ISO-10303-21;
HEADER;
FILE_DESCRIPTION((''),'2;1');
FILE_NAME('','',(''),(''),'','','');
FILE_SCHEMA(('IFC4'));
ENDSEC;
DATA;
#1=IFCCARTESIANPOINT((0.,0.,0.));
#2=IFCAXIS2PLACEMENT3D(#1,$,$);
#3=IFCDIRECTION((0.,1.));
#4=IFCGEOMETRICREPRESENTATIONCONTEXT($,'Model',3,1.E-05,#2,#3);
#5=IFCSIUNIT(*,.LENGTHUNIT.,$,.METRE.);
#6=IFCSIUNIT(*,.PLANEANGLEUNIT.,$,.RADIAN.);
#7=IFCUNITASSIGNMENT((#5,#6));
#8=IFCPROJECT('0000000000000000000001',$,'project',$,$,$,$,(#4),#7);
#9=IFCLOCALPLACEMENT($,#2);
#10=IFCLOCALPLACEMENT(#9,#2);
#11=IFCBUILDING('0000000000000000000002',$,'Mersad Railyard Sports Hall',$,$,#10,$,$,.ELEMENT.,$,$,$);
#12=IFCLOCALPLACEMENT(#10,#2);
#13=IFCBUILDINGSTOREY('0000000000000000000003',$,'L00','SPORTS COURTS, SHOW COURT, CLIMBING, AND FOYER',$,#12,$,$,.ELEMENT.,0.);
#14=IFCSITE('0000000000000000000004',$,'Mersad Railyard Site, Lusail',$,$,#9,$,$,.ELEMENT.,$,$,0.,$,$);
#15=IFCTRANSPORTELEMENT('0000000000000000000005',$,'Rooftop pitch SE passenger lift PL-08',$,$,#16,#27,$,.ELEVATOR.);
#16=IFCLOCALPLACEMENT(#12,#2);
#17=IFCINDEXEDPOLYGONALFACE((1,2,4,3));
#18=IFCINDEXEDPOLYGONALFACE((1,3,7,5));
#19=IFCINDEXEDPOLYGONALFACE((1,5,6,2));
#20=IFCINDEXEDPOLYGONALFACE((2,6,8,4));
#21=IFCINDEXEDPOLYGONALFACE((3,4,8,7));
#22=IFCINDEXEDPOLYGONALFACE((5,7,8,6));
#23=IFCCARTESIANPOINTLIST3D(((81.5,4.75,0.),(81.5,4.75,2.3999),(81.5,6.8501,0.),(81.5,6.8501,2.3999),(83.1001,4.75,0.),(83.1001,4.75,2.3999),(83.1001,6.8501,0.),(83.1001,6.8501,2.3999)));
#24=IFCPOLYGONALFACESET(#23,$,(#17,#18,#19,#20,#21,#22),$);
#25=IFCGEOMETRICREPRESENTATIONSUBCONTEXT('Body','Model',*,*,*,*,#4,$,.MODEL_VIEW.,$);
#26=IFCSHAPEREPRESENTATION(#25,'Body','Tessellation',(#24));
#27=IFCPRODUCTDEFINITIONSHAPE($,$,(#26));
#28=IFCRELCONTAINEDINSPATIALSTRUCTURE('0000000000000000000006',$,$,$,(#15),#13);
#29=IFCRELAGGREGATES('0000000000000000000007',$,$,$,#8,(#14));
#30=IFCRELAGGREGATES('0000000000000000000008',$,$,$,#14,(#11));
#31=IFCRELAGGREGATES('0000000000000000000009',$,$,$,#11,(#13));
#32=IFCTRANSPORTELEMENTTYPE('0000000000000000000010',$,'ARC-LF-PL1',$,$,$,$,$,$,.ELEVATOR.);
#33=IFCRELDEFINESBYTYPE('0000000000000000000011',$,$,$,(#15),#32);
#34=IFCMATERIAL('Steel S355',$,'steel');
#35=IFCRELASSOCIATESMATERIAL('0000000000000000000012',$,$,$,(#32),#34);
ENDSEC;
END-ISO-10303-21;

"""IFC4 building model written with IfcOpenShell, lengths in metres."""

from ifc_helpers import new_model, si_unit, direction, frame, origin, origin_2d, place, context, subcontext, project, spatial, rectangle, extrude, material, type_object, element, save


model = new_model("IFC4")

# Units and contexts
model_context = context("Model", 3, precision=1e-05, world=origin(), true_north=direction((0.0, 1.0)))
body_context = subcontext(model_context, "Body", "Model", "MODEL_VIEW")
ifc_project = project(units=[si_unit("LENGTHUNIT", "METRE"), si_unit("PLANEANGLEUNIT", "RADIAN")], contexts=[model_context])

# Site, building, storey
site_placement = place(None, origin())
site = spatial("IfcSite", under=ifc_project, at=site_placement, Name="Mersad Railyard Site, Lusail", CompositionType="ELEMENT", RefElevation=0.0)
building_placement = place(site_placement, origin())
building = spatial("IfcBuilding", under=site, at=building_placement, Name="Mersad Railyard Sports Hall", CompositionType="ELEMENT")
storey_placement = place(building_placement, origin())
storey = spatial("IfcBuildingStorey", under=building, at=storey_placement, Name="L00", Description="SPORTS COURTS, SHOW COURT, CLIMBING, AND FOYER", CompositionType="ELEMENT", Elevation=0.0)

# Shared definitions
ifc_material_1 = material(Name="Steel S355", Category="steel")

# Transport element
transport_element_type = type_object("IfcTransportElementType", Name="ARC-LF-PL1", PredefinedType="ELEVATOR", material=ifc_material_1)
transport_element_placement = place(storey_placement, frame((82.3, 5.8, 0.0), z_axis=(0.0, 0.0, 1.0), x_axis=(1.0, 0.0, 0.0)))
element("IfcTransportElement", 1, at=transport_element_placement, inside=storey, type_object=transport_element_type, Name="Rooftop pitch SE passenger lift PL-08", PredefinedType="ELEVATOR", context=body_context, shape_type="SweptSolid", body=[
    extrude(rectangle(XDim=1.6001, YDim=2.1001, at=origin_2d()), origin(), (0.0, 0.0, 1.0), 2.3999),
])

save(model, "model.ifc")
